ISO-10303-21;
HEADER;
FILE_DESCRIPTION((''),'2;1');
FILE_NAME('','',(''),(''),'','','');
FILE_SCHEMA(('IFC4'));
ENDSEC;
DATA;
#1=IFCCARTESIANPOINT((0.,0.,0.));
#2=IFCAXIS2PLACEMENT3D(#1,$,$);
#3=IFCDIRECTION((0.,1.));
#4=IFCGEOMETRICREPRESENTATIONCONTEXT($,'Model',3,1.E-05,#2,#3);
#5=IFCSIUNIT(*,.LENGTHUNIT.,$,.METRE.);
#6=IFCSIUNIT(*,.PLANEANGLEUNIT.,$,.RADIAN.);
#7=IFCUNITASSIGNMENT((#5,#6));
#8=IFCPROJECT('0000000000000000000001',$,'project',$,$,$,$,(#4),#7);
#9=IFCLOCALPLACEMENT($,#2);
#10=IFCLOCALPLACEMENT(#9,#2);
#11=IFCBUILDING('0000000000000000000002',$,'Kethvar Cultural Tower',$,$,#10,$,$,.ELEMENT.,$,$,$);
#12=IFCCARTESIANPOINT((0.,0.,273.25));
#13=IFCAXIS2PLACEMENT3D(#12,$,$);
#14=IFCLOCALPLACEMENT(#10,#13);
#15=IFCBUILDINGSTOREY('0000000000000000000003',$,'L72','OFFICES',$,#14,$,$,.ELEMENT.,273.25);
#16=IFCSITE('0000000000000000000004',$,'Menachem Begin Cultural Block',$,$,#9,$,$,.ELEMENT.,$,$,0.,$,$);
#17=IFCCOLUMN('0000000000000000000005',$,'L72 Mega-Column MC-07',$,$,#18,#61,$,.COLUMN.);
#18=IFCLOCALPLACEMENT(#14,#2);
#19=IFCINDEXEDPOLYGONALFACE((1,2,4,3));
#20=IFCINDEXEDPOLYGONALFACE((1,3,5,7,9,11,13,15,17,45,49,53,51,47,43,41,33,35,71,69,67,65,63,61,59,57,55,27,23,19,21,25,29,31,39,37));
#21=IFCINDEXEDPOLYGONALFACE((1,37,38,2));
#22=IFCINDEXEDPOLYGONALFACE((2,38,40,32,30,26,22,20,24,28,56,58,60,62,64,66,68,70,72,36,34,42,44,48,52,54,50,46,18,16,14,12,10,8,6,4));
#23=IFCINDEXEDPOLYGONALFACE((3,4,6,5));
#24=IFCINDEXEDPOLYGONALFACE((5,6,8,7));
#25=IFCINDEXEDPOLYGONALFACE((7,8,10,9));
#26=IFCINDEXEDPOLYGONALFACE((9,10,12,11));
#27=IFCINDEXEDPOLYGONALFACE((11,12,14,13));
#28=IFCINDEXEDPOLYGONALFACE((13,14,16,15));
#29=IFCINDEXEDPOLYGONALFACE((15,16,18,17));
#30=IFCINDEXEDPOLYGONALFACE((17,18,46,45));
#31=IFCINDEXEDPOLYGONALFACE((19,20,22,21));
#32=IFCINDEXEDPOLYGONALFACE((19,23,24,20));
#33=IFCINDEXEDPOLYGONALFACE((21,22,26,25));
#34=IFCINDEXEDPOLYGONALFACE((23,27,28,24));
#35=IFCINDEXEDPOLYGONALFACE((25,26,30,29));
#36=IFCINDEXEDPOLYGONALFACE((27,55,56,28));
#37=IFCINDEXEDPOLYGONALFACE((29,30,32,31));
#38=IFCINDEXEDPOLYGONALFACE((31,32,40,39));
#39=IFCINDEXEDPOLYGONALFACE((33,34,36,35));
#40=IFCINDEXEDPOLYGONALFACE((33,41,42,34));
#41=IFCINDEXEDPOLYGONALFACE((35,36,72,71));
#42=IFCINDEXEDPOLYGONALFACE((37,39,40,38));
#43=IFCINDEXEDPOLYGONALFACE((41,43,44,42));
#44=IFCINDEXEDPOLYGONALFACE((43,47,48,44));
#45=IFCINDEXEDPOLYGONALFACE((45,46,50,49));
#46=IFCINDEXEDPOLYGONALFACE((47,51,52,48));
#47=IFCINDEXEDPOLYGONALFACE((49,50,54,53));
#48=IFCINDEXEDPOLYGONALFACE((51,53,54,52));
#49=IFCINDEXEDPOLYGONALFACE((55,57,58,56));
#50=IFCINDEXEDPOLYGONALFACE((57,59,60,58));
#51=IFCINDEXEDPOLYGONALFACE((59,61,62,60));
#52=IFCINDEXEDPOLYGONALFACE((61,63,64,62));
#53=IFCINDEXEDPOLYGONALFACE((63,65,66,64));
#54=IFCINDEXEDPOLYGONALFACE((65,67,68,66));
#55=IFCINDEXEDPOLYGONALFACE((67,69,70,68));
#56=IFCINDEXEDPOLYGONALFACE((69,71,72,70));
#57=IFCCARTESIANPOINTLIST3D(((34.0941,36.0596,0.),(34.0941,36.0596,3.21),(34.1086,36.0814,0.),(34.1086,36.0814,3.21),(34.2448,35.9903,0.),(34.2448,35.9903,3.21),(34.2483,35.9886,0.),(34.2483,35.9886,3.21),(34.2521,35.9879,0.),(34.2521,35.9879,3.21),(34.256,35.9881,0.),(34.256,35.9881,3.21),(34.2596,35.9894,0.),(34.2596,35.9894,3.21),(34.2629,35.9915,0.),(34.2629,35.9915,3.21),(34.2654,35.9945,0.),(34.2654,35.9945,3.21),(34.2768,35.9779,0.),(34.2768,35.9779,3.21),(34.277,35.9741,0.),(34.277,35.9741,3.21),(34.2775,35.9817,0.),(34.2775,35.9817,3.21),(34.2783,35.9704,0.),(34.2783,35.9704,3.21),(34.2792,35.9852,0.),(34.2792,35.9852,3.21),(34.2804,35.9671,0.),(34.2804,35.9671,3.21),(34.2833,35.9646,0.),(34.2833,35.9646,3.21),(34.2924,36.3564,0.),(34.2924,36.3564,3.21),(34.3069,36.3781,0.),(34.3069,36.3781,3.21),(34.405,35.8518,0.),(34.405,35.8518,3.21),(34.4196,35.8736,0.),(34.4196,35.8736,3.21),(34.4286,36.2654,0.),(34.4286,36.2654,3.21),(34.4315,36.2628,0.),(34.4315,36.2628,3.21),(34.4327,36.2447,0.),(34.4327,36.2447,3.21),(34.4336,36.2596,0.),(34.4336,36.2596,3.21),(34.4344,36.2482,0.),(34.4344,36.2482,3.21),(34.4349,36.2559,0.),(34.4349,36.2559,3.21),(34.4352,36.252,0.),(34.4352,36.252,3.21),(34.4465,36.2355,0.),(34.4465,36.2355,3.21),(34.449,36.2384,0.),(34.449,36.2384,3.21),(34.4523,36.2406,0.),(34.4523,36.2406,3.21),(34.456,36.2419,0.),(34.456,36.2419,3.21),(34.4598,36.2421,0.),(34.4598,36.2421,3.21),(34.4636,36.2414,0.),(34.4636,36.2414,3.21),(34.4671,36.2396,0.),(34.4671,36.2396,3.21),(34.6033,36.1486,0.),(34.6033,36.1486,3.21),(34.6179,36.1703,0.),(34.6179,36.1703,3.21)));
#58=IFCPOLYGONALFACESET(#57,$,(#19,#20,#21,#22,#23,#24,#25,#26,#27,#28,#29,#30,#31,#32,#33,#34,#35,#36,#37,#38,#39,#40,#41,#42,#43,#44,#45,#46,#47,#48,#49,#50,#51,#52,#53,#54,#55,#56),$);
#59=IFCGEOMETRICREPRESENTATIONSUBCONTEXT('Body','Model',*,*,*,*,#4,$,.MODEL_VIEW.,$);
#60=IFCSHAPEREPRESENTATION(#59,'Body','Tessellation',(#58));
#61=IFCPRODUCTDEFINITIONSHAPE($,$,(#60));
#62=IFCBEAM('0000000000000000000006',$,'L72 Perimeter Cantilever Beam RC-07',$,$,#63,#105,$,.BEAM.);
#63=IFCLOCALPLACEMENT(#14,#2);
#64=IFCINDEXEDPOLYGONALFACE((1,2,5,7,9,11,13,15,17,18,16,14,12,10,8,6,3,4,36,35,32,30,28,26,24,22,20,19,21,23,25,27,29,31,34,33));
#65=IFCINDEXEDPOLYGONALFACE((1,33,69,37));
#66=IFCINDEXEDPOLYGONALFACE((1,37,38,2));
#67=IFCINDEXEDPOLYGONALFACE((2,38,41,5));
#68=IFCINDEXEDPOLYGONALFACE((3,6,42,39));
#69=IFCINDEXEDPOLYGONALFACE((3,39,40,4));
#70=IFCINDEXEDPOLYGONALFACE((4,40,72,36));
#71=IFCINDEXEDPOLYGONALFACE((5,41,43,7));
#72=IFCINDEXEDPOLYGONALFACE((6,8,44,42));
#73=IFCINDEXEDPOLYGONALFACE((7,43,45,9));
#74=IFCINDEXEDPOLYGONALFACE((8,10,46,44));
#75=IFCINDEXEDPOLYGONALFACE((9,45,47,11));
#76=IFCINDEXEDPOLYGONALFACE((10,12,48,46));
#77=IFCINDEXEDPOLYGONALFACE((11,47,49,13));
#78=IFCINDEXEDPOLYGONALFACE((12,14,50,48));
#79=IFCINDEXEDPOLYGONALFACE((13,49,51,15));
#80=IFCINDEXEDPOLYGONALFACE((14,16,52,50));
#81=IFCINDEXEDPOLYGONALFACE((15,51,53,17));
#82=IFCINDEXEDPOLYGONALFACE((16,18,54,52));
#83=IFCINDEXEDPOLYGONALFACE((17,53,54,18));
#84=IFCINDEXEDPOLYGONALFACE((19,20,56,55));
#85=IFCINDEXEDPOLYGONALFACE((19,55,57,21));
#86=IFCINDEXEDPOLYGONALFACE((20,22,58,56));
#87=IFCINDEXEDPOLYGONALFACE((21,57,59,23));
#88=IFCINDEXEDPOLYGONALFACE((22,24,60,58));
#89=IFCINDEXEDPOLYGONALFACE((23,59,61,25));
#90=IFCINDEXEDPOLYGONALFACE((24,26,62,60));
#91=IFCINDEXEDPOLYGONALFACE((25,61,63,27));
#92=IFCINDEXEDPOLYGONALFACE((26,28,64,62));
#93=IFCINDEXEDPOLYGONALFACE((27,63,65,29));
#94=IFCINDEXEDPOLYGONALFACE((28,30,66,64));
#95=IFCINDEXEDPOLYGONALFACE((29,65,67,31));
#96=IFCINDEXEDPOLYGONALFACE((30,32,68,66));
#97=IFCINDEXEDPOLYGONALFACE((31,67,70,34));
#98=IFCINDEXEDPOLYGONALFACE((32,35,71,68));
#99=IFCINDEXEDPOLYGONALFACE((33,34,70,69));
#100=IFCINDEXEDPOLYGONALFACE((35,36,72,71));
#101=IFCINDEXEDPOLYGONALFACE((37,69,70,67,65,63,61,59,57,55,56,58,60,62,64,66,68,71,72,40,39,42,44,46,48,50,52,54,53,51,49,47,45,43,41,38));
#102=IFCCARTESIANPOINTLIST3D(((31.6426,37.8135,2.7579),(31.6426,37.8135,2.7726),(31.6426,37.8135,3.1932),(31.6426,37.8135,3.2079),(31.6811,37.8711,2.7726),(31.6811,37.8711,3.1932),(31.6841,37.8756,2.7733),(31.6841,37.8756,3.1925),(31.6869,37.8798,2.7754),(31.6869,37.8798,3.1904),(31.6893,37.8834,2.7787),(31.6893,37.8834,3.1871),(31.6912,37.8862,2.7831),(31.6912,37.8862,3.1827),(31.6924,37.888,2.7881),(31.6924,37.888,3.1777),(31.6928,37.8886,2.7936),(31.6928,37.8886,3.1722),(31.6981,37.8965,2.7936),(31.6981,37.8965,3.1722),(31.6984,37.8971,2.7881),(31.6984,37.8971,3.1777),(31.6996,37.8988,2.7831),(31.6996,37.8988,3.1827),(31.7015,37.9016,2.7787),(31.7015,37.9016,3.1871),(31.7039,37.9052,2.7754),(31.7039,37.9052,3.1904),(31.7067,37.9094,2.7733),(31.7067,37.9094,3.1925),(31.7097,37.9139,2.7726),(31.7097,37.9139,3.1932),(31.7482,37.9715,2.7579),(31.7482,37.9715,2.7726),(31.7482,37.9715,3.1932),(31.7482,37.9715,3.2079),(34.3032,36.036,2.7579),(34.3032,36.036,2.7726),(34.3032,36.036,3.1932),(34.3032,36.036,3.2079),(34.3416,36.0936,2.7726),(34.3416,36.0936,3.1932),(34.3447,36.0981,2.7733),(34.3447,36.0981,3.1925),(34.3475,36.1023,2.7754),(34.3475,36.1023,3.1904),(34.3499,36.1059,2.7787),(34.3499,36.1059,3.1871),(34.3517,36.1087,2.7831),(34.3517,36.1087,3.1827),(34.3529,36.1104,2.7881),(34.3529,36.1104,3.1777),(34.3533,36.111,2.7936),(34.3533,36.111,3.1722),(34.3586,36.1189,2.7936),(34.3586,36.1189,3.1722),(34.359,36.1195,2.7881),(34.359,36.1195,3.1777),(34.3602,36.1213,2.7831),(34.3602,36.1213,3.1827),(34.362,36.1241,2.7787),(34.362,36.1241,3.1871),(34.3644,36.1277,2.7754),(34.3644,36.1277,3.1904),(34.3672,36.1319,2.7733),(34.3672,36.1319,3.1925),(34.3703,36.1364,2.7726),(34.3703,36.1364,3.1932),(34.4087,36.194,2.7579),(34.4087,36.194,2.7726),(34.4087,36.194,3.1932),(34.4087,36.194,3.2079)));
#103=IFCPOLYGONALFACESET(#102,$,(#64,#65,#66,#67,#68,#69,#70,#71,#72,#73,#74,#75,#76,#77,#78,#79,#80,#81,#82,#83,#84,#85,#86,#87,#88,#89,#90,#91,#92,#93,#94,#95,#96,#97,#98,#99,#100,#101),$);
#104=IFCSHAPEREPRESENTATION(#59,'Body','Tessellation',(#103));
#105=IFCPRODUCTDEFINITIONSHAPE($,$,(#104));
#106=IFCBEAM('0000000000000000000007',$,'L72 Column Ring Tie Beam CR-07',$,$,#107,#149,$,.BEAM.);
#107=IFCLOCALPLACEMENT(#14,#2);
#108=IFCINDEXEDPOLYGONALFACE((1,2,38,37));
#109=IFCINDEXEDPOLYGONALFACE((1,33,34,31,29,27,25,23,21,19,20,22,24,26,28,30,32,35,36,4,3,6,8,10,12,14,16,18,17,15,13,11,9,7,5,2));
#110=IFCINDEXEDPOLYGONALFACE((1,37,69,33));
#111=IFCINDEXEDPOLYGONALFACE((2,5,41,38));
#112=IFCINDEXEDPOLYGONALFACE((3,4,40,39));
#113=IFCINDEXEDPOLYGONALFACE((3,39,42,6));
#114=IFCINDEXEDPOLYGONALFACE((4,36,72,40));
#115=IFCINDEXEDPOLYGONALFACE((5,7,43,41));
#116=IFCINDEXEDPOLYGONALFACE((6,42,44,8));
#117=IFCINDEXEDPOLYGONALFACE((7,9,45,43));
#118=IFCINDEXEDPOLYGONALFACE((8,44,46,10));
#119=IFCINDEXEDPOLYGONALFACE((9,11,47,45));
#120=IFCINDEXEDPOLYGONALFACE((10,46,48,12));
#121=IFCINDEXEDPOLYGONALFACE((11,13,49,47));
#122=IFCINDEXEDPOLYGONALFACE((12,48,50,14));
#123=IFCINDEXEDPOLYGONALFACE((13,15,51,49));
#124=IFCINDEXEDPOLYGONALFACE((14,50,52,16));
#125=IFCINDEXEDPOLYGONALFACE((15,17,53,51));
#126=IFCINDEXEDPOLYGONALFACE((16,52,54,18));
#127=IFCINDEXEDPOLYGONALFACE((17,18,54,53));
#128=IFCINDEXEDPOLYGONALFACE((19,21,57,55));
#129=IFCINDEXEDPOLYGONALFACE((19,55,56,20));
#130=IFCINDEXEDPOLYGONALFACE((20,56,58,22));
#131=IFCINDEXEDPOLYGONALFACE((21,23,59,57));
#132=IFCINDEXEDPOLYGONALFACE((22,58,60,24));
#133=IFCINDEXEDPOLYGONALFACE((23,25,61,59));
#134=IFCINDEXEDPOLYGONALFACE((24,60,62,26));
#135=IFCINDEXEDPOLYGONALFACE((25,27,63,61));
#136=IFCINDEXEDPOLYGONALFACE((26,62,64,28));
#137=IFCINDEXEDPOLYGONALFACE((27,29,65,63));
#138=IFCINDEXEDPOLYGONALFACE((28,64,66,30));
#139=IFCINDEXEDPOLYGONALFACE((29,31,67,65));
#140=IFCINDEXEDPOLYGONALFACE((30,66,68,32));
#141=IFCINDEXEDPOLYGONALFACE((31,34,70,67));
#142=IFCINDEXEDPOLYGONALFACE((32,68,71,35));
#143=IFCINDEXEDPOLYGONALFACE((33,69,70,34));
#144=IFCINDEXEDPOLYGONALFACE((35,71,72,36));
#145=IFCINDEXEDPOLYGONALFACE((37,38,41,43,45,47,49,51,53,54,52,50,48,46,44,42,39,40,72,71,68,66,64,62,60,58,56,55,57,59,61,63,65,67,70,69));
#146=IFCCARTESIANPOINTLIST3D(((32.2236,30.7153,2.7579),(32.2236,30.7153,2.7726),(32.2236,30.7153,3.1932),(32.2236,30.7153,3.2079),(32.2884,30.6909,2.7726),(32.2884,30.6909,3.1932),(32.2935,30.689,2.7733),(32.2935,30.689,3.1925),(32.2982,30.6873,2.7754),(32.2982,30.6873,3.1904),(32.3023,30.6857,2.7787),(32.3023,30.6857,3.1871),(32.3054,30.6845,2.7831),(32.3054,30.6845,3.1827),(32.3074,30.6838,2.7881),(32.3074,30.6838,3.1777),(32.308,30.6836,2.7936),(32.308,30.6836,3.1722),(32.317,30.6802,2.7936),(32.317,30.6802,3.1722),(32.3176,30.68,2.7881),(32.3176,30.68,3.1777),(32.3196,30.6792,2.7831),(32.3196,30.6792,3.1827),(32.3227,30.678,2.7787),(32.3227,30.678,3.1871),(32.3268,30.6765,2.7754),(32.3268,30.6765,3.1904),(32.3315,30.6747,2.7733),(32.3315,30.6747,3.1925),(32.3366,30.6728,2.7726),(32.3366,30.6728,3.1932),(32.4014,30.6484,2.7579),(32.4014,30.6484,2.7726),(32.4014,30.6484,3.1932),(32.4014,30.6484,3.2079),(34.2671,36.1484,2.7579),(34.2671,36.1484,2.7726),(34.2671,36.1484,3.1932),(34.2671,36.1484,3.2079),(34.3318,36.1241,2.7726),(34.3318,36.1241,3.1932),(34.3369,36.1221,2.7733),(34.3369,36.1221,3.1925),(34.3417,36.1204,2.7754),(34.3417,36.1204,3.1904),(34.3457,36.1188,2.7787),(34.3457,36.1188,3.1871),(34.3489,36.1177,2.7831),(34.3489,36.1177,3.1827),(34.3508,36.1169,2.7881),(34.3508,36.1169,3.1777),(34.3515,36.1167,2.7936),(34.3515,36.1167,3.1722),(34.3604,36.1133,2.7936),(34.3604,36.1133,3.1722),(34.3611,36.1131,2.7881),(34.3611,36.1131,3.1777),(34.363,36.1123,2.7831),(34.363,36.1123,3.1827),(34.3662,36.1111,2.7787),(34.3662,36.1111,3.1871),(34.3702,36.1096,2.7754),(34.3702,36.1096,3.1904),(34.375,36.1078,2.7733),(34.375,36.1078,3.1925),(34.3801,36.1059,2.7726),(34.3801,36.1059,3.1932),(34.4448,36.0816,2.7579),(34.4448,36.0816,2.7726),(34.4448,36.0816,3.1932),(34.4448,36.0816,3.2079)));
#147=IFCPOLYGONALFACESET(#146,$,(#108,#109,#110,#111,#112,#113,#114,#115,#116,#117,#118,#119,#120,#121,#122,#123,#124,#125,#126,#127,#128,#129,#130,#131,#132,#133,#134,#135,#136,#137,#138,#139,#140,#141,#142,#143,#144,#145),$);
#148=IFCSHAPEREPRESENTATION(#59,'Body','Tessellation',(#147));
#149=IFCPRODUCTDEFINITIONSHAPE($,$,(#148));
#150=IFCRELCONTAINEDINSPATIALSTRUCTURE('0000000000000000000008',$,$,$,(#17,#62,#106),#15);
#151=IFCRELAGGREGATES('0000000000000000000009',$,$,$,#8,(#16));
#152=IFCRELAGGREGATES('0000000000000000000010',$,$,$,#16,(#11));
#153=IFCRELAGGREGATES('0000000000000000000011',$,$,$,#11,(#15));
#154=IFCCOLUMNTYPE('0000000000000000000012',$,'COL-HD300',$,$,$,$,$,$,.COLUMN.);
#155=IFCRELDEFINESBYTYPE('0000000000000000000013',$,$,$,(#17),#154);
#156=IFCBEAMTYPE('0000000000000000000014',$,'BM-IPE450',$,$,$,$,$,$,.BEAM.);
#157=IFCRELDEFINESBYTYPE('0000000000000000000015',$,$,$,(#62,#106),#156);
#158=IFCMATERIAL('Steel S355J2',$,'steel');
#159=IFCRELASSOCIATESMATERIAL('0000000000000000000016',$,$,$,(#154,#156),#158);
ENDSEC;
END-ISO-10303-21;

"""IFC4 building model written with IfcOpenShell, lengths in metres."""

from ifc_helpers import new_model, si_unit, direction, frame, origin, origin_2d, place, context, subcontext, project, spatial, i_section, extrude, source, transform, mapped, material, material_profile, profile_set, type_object, element, save


model = new_model("IFC4")

# Units and contexts
model_context = context("Model", 3, precision=1e-05, world=origin(), true_north=direction((0.0, 1.0)))
body_context = subcontext(model_context, "Body", "Model", "MODEL_VIEW")
ifc_project = project(units=[si_unit("LENGTHUNIT", "METRE"), si_unit("PLANEANGLEUNIT", "RADIAN")], contexts=[model_context])

# Site, building, storey
site_placement = place(None, origin())
site = spatial("IfcSite", under=ifc_project, at=site_placement, Name="Menachem Begin Cultural Block", CompositionType="ELEMENT", RefElevation=0.0)
building_placement = place(site_placement, origin())
building = spatial("IfcBuilding", under=site, at=building_placement, Name="Kethvar Cultural Tower", CompositionType="ELEMENT")
storey_placement = place(building_placement, frame((0.0, 0.0, 273.25)))
storey = spatial("IfcBuildingStorey", under=building, at=storey_placement, Name="L72", Description="OFFICES", CompositionType="ELEMENT", Elevation=273.25)

# Column
ifc_material_1 = material(Name="Steel S355J2", Category="steel")
ifc_material_profile_1 = material_profile(ifc_material_1, i_section(OverallWidth=0.374, OverallDepth=0.3831, WebThickness=0.0166, FlangeThickness=0.0261, FilletRadius=0.0149, at=origin_2d()), Name="Steel S355J2 — HD360x300")
ifc_profile_set_1 = profile_set([ifc_material_profile_1], Name="Steel S355J2 — HD360x300")
column_type = type_object("IfcColumnType", Name="COL-HD300", PredefinedType="COLUMN", material=ifc_profile_set_1)
shared_shape_1 = source(origin(), body_context, "Body", "SweptSolid", [
    extrude(i_section(OverallWidth=0.374, OverallDepth=0.3831, WebThickness=0.0166, FlangeThickness=0.0261, FilletRadius=0.0149, at=origin_2d()), origin(), (0.0, 0.0, 1.0), 3.21),
])
column_placement = place(storey_placement, frame((34.356, 36.115, 0.0), z_axis=(0.0, 0.0, 1.0), x_axis=(-0.83147, 0.55557, 0.0)))
element("IfcColumn", 1, at=column_placement, inside=storey, type_object=column_type, Name="L72 Mega-Column MC-07", PredefinedType="COLUMN", context=body_context, shape_type="MappedRepresentation", body=[
    mapped(shared_shape_1, transform((0.0, 0.0, 0.0), scale=1.0)),
])

# Beams
ifc_material_profile_2 = material_profile(ifc_material_1, i_section(OverallWidth=0.1899, OverallDepth=0.45, WebThickness=0.0095, FlangeThickness=0.0146, FilletRadius=0.021, at=origin_2d()), Name="Steel S355J2 — IPE450")
ifc_profile_set_2 = profile_set([ifc_material_profile_2], Name="Steel S355J2 — IPE450")
beam_type_1 = type_object("IfcBeamType", Name="BM-IPE450", PredefinedType="BEAM", material=ifc_profile_set_2)
shared_shape_2 = source(origin(), body_context, "Body", "SweptSolid", [
    extrude(i_section(OverallWidth=0.1899, OverallDepth=0.45, WebThickness=0.0095, FlangeThickness=0.0146, FilletRadius=0.021, at=origin_2d()), origin(), (0.0, 0.0, 1.0), 3.1997),
])
beam_1_placement = place(storey_placement, frame((34.356, 36.115, 2.9829), z_axis=(-0.831498, 0.555527, 0.0), x_axis=(-0.555527, -0.831498, 0.0)))
element("IfcBeam", 2, at=beam_1_placement, inside=storey, type_object=beam_type_1, Name="L72 Perimeter Cantilever Beam RC-07", PredefinedType="BEAM", context=body_context, shape_type="MappedRepresentation", body=[
    mapped(shared_shape_2, transform((0.0, 0.0, 0.0), scale=1.0)),
])
shared_shape_3 = source(origin(), body_context, "Body", "SweptSolid", [
    extrude(i_section(OverallWidth=0.1899, OverallDepth=0.45, WebThickness=0.0095, FlangeThickness=0.0146, FilletRadius=0.021, at=origin_2d()), origin(), (0.0, 0.0, 1.0), 5.8047),
])
beam_2_placement = place(storey_placement, frame((34.356, 36.115, 2.9829), z_axis=(-0.352036, -0.935986, 0.0), x_axis=(0.935986, -0.352036, 0.0)))
element("IfcBeam", 3, at=beam_2_placement, inside=storey, type_object=beam_type_1, Name="L72 Column Ring Tie Beam CR-07", PredefinedType="BEAM", context=body_context, shape_type="MappedRepresentation", body=[
    mapped(shared_shape_3, transform((0.0, 0.0, 0.0), scale=1.0)),
])

save(model, "model.ifc")
